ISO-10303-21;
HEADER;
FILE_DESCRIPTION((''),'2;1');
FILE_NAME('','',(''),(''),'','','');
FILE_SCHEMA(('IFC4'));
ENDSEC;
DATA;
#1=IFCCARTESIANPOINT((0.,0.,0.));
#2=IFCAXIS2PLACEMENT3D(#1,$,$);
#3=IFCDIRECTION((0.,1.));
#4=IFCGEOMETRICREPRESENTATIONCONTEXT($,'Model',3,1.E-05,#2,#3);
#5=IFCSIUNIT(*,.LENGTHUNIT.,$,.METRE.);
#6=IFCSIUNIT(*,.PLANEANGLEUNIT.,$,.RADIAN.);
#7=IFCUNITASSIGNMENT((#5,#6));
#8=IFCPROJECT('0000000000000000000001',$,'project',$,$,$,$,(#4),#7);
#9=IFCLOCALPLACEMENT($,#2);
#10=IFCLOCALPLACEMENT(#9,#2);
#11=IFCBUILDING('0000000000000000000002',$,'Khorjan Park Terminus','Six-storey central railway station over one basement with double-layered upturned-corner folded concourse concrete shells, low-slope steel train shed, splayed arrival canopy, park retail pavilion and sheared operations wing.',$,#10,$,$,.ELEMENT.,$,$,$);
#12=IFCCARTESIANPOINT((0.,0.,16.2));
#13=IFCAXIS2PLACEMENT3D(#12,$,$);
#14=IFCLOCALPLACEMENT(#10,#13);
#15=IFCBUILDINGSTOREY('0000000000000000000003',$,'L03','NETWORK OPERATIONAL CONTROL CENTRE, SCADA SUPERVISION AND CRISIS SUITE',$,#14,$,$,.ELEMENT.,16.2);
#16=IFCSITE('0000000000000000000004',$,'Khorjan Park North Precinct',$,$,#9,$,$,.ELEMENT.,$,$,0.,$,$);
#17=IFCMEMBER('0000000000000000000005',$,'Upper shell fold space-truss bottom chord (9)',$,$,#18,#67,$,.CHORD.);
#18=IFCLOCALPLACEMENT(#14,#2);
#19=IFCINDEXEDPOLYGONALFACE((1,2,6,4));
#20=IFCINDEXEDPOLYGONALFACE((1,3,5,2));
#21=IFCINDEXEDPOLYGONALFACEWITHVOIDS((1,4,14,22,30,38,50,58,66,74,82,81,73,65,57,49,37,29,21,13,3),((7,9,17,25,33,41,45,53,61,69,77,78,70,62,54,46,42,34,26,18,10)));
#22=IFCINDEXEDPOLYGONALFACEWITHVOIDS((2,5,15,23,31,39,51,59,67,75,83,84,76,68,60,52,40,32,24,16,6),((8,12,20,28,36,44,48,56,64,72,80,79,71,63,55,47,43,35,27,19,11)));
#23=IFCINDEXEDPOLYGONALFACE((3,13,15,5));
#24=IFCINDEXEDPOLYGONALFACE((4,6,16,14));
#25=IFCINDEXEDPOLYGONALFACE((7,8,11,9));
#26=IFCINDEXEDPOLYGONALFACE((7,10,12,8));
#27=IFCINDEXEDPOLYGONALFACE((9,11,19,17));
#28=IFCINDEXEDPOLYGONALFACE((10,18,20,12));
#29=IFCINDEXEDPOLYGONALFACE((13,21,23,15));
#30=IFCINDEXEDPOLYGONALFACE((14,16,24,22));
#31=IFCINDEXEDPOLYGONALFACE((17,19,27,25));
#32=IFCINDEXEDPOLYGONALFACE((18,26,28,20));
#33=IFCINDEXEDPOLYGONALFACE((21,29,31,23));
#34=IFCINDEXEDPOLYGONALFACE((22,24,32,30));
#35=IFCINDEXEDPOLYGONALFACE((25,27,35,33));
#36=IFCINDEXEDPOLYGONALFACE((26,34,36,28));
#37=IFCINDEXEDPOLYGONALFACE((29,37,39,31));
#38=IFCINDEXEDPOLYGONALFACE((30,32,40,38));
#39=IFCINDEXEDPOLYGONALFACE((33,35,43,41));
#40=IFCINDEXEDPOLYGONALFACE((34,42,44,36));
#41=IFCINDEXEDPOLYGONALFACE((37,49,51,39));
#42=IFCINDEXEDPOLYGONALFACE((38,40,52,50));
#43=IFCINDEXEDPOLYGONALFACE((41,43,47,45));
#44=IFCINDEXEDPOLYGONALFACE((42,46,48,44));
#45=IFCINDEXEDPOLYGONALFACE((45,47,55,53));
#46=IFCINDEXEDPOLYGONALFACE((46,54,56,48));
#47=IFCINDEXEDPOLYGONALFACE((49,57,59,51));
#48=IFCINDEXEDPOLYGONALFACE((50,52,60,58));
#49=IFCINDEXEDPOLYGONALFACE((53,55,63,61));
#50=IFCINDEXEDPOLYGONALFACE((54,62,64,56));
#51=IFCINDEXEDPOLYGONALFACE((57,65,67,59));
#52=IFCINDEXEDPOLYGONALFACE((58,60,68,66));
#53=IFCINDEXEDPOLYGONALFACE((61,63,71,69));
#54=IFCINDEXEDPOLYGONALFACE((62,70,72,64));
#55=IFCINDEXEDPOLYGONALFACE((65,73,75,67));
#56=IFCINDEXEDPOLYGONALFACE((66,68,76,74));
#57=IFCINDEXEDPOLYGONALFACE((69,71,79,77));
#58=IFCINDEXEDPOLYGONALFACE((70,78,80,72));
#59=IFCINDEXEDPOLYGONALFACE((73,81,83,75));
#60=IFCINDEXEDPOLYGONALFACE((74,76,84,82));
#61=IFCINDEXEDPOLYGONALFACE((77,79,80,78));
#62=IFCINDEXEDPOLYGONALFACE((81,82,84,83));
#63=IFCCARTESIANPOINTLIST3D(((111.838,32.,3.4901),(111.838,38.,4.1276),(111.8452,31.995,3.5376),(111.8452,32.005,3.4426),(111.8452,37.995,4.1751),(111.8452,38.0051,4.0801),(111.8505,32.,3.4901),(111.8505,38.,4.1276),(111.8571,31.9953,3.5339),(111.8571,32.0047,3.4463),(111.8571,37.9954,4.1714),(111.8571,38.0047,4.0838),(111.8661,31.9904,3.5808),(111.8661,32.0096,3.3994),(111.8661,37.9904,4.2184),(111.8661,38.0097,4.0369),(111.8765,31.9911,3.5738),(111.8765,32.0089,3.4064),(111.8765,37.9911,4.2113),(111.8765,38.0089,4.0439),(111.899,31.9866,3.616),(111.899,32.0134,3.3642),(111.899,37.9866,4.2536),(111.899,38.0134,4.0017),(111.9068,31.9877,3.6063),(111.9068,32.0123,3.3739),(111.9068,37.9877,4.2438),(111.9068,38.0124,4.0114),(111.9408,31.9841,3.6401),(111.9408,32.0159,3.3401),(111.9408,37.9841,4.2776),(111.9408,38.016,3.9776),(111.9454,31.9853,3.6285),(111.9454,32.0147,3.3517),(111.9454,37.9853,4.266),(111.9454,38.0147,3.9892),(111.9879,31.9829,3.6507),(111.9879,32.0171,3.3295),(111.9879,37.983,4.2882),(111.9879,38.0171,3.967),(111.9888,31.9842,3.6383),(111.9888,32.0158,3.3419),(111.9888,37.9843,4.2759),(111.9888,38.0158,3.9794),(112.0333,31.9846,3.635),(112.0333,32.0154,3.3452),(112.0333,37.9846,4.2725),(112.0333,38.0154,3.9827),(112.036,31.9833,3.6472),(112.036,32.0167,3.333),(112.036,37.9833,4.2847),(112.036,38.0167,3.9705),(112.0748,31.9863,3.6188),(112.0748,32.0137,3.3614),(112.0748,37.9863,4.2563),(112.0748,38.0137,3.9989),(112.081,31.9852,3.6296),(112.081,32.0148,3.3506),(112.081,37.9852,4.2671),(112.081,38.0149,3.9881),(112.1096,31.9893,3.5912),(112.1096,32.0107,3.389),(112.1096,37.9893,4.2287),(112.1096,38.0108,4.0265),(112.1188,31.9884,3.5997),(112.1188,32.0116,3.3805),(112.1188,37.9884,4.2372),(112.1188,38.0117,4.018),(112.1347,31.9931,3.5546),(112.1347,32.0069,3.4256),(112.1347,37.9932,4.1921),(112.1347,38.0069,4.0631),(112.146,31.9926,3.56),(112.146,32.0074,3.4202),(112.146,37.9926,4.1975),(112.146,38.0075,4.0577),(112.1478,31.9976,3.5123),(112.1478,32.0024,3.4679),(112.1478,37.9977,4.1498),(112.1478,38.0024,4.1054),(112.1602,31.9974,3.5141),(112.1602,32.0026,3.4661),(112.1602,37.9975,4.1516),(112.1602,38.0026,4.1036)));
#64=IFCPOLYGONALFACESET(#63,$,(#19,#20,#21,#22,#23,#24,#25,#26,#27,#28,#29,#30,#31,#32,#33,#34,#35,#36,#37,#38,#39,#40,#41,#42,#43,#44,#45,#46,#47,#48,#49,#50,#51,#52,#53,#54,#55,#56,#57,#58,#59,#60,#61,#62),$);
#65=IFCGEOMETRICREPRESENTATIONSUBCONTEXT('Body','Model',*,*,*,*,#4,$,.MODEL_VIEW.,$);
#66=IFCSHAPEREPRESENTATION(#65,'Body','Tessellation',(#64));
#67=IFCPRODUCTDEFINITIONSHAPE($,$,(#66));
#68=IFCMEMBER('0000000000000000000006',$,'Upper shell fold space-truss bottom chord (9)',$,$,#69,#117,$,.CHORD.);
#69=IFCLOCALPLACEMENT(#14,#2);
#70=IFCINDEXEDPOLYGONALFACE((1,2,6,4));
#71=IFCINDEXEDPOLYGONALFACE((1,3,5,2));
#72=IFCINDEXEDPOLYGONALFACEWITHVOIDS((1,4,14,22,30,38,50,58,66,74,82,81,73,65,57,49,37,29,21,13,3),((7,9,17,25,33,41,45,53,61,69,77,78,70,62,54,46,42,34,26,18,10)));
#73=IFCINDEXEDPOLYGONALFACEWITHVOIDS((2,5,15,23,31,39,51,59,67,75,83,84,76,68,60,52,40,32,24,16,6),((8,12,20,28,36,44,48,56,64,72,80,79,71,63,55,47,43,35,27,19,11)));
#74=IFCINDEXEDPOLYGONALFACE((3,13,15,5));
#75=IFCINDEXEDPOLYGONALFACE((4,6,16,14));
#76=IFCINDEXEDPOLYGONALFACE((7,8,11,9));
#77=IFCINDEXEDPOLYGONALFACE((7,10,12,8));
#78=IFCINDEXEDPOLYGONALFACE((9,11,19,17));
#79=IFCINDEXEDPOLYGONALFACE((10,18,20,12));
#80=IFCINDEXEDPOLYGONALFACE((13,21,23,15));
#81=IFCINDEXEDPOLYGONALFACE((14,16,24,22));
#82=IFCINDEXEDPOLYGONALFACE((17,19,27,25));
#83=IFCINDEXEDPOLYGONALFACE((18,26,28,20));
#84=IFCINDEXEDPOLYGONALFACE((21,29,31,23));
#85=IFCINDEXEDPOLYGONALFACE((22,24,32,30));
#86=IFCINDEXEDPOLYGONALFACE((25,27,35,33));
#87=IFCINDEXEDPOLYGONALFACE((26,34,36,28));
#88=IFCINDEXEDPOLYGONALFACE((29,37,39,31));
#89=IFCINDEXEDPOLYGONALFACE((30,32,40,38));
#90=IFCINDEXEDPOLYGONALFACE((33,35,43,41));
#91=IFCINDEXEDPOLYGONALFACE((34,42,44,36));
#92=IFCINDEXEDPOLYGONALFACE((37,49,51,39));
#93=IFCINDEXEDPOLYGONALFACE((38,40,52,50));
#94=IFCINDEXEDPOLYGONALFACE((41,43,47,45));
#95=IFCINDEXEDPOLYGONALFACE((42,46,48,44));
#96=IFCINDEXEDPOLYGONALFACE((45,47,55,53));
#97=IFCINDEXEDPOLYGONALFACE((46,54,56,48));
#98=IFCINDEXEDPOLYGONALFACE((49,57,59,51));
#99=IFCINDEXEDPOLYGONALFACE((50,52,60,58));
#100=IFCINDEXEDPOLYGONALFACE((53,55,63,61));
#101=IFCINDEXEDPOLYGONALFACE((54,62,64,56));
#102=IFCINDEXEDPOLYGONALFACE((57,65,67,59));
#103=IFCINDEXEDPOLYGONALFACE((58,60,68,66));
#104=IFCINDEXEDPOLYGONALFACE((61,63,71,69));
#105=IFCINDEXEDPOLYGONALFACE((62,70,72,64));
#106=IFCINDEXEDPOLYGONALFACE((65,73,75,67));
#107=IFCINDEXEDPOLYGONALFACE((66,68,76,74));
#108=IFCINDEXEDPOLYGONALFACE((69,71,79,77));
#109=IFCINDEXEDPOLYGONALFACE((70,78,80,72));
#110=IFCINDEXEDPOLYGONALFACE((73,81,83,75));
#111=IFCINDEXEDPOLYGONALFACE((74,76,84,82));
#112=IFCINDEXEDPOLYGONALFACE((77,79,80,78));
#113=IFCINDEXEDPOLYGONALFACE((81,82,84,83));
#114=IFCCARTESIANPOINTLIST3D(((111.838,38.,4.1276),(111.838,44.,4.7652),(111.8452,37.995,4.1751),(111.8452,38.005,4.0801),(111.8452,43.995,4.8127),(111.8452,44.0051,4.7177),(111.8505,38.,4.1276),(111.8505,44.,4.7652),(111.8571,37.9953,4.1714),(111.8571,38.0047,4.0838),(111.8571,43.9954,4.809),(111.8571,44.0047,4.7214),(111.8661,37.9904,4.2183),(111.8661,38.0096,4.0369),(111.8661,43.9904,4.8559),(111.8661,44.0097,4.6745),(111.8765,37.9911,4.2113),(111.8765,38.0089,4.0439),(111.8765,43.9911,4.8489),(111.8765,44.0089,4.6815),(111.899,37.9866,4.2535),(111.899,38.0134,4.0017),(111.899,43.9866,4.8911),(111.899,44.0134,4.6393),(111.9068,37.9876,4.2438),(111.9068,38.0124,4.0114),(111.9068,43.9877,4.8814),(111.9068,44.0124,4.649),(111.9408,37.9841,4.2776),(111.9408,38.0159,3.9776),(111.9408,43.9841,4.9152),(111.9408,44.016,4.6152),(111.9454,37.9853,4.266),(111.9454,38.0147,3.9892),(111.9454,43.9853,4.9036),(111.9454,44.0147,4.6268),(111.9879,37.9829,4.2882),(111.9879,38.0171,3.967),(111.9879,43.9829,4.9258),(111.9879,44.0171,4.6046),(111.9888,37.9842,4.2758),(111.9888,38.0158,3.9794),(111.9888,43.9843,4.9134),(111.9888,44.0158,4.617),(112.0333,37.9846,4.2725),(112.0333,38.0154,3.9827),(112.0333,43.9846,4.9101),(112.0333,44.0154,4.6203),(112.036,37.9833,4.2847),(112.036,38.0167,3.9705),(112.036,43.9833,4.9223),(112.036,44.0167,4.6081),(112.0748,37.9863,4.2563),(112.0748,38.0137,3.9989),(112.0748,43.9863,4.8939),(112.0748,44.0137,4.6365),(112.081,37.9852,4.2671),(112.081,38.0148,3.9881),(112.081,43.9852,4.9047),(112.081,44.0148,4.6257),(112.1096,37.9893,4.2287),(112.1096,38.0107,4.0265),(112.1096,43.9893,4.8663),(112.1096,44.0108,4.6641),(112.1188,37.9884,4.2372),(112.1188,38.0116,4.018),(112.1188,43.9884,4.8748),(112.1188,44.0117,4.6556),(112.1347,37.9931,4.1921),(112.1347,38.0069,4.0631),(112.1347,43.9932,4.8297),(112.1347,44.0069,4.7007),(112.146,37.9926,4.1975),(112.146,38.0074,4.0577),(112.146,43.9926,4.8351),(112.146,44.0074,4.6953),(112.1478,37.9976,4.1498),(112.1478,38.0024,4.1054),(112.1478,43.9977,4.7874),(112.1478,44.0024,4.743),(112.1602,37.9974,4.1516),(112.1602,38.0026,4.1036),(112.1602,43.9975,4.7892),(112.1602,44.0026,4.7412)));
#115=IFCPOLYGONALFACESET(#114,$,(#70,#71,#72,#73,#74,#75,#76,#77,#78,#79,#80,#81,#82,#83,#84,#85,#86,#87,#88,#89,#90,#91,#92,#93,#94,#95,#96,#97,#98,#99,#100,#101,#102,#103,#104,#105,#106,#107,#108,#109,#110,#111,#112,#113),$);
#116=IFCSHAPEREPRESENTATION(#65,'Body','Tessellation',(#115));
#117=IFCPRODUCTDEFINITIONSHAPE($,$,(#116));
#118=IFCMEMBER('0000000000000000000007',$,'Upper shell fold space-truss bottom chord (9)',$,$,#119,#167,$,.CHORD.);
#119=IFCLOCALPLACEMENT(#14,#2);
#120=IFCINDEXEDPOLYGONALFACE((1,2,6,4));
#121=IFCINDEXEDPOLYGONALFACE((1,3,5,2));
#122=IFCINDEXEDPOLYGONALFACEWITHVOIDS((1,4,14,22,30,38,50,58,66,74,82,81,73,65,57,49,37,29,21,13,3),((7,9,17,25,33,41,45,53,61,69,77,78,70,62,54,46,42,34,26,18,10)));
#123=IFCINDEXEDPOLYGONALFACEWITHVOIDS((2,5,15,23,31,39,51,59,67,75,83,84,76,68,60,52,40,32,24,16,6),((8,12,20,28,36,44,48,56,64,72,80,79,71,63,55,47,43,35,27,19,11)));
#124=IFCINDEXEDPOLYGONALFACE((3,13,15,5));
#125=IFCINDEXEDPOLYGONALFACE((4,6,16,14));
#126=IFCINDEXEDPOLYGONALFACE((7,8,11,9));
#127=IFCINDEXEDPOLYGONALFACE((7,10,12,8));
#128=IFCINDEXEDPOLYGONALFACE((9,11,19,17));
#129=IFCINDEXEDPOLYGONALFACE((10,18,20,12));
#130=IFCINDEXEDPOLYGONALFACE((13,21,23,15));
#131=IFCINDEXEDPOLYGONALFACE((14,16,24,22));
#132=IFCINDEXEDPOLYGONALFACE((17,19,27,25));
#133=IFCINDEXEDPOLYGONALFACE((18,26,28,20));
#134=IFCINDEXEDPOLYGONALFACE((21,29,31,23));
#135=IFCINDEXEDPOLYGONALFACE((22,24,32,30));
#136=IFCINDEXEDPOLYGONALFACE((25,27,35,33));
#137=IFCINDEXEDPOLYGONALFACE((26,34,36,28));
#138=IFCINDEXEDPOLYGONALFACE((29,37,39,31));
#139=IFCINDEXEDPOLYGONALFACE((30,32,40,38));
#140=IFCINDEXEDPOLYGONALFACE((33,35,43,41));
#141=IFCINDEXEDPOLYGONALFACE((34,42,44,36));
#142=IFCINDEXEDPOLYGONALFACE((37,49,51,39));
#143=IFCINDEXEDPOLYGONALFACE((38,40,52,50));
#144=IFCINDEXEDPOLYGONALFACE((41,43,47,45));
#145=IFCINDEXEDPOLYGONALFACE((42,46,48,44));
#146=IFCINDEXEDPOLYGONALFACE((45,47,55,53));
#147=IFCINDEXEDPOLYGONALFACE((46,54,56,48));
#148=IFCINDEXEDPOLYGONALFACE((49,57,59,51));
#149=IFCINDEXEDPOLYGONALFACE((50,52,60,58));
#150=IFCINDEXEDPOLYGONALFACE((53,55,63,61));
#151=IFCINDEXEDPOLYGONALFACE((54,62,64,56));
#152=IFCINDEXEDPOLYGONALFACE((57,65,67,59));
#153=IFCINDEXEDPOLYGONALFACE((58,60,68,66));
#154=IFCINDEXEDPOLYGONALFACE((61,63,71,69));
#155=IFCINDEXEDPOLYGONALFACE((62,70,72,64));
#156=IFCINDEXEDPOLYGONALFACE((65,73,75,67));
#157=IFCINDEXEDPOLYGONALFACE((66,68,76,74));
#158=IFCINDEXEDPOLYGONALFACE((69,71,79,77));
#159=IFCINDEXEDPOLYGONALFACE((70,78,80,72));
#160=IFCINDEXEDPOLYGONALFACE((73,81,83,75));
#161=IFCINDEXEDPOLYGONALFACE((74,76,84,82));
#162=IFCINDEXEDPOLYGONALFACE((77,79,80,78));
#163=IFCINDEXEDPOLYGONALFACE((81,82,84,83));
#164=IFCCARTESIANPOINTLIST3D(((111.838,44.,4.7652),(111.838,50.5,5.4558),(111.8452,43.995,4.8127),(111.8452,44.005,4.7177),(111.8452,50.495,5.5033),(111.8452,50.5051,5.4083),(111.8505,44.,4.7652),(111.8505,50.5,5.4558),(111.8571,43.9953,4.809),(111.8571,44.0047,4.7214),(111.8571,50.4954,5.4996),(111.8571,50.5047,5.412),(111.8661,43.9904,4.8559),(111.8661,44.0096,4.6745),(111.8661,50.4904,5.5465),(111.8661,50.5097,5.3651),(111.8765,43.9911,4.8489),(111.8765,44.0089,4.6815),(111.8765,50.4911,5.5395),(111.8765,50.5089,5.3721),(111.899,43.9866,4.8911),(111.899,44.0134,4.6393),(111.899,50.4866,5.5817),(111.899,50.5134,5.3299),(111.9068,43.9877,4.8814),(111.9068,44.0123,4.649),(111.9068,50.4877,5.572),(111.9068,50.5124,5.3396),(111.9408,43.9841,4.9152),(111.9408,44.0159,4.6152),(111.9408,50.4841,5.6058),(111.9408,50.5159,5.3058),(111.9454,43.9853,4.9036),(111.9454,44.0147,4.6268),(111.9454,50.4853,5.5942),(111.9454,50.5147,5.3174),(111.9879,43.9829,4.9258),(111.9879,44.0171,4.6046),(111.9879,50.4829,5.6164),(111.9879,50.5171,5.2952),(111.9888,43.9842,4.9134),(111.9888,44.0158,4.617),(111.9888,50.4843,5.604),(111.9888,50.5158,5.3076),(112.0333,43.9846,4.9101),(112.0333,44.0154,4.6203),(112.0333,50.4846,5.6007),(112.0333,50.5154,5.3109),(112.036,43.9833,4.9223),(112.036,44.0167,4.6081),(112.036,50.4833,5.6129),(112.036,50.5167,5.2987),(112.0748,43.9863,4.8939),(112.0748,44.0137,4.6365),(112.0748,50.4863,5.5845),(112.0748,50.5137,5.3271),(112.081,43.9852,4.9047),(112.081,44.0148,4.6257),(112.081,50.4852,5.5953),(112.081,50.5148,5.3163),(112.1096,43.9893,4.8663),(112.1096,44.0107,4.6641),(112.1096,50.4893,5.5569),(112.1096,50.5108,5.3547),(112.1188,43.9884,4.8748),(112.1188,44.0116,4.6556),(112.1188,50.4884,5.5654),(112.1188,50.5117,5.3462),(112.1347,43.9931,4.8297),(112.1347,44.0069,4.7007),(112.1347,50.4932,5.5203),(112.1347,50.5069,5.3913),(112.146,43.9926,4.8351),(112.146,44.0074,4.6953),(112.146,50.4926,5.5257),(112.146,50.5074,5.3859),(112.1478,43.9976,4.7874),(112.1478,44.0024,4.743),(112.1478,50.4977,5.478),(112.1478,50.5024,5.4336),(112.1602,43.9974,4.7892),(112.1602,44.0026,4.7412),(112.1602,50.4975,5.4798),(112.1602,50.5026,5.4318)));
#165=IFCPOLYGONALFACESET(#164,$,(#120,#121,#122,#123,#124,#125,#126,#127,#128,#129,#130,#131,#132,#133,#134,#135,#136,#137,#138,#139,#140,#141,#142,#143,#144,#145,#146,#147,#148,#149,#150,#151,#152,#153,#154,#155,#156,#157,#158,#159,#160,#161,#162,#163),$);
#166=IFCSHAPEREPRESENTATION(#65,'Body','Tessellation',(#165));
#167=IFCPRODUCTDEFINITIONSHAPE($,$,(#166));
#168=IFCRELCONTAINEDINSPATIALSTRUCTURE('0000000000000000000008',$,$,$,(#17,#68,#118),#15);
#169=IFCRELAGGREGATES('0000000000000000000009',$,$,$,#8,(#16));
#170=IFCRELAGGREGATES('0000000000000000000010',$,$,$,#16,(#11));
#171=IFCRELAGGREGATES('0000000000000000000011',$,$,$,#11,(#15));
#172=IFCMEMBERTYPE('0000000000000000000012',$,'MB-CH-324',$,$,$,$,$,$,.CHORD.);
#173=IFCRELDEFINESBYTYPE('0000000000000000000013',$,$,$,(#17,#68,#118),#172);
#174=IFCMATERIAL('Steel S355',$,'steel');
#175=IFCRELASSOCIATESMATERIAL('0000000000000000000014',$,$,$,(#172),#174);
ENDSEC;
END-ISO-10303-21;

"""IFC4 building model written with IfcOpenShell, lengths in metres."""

from ifc_helpers import new_model, si_unit, direction, frame, origin, origin_2d, place, context, subcontext, project, spatial, hollow_circle, extrude, material, material_profile, profile_set, type_object, element, save


model = new_model("IFC4")

# Units and contexts
model_context = context("Model", 3, precision=1e-05, world=origin(), true_north=direction((0.0, 1.0)))
body_context = subcontext(model_context, "Body", "Model", "MODEL_VIEW")
ifc_project = project(units=[si_unit("LENGTHUNIT", "METRE"), si_unit("PLANEANGLEUNIT", "RADIAN")], contexts=[model_context])

# Site, building, storey
site_placement = place(None, origin())
site = spatial("IfcSite", under=ifc_project, at=site_placement, Name="Khorjan Park North Precinct", CompositionType="ELEMENT", RefElevation=0.0)
building_placement = place(site_placement, origin())
building = spatial("IfcBuilding", under=site, at=building_placement, Name="Khorjan Park Terminus", Description="Six-storey central railway station over one basement with double-layered upturned-corner folded concourse concrete shells, low-slope steel train shed, splayed arrival canopy, park retail pavilion and sheared operations wing.", CompositionType="ELEMENT")
storey_placement = place(building_placement, frame((0.0, 0.0, 16.2)))
storey = spatial("IfcBuildingStorey", under=building, at=storey_placement, Name="L03", Description="NETWORK OPERATIONAL CONTROL CENTRE, SCADA SUPERVISION AND CRISIS SUITE", CompositionType="ELEMENT", Elevation=16.2)

# Members
ifc_material = material(Name="Steel S355", Category="steel")
ifc_material_profile_1 = material_profile(ifc_material, hollow_circle(Radius=0.162, WallThickness=0.0125, at=origin_2d()), Name="CHS 323.9x12.5")
ifc_profile_set_1 = profile_set([ifc_material_profile_1], Name="Steel S355")
member_type_1 = type_object("IfcMemberType", Name="MB-CH-324", PredefinedType="CHORD", material=ifc_profile_set_1)
for number, where, z_axis, x_axis, name in (
    (1, (112.0, 32.0, 3.4901), (0.0, 0.994403, 0.105655), (-1.0, 0.0, 0.0), "Upper shell fold space-truss bottom chord (9)"),
    (2, (112.0, 38.0, 4.1276), (0.0, 0.994401, 0.105672), (-1.0, 0.0, 0.0), "Upper shell fold space-truss bottom chord (9)"),
):
    element("IfcMember", number, at=place(storey_placement, frame(where, z_axis=z_axis, x_axis=x_axis)), inside=storey, type_object=member_type_1, Name=name, PredefinedType="CHORD", context=body_context, shape_type="SweptSolid", body=[
        extrude(hollow_circle(Radius=0.162, WallThickness=0.0125, at=origin_2d()), origin(), (0.0, 0.0, 1.0), 6.0338),
    ])
member_1_placement = place(storey_placement, frame((112.0, 44.0, 4.7652), z_axis=(0.0, 0.994403, 0.105652), x_axis=(-1.0, 0.0, 0.0)))
element("IfcMember", 3, at=member_1_placement, inside=storey, type_object=member_type_1, Name="Upper shell fold space-truss bottom chord (9)", PredefinedType="CHORD", context=body_context, shape_type="SweptSolid", body=[
    extrude(hollow_circle(Radius=0.162, WallThickness=0.0125, at=origin_2d()), origin(), (0.0, 0.0, 1.0), 6.5366),
])

save(model, "model.ifc")
